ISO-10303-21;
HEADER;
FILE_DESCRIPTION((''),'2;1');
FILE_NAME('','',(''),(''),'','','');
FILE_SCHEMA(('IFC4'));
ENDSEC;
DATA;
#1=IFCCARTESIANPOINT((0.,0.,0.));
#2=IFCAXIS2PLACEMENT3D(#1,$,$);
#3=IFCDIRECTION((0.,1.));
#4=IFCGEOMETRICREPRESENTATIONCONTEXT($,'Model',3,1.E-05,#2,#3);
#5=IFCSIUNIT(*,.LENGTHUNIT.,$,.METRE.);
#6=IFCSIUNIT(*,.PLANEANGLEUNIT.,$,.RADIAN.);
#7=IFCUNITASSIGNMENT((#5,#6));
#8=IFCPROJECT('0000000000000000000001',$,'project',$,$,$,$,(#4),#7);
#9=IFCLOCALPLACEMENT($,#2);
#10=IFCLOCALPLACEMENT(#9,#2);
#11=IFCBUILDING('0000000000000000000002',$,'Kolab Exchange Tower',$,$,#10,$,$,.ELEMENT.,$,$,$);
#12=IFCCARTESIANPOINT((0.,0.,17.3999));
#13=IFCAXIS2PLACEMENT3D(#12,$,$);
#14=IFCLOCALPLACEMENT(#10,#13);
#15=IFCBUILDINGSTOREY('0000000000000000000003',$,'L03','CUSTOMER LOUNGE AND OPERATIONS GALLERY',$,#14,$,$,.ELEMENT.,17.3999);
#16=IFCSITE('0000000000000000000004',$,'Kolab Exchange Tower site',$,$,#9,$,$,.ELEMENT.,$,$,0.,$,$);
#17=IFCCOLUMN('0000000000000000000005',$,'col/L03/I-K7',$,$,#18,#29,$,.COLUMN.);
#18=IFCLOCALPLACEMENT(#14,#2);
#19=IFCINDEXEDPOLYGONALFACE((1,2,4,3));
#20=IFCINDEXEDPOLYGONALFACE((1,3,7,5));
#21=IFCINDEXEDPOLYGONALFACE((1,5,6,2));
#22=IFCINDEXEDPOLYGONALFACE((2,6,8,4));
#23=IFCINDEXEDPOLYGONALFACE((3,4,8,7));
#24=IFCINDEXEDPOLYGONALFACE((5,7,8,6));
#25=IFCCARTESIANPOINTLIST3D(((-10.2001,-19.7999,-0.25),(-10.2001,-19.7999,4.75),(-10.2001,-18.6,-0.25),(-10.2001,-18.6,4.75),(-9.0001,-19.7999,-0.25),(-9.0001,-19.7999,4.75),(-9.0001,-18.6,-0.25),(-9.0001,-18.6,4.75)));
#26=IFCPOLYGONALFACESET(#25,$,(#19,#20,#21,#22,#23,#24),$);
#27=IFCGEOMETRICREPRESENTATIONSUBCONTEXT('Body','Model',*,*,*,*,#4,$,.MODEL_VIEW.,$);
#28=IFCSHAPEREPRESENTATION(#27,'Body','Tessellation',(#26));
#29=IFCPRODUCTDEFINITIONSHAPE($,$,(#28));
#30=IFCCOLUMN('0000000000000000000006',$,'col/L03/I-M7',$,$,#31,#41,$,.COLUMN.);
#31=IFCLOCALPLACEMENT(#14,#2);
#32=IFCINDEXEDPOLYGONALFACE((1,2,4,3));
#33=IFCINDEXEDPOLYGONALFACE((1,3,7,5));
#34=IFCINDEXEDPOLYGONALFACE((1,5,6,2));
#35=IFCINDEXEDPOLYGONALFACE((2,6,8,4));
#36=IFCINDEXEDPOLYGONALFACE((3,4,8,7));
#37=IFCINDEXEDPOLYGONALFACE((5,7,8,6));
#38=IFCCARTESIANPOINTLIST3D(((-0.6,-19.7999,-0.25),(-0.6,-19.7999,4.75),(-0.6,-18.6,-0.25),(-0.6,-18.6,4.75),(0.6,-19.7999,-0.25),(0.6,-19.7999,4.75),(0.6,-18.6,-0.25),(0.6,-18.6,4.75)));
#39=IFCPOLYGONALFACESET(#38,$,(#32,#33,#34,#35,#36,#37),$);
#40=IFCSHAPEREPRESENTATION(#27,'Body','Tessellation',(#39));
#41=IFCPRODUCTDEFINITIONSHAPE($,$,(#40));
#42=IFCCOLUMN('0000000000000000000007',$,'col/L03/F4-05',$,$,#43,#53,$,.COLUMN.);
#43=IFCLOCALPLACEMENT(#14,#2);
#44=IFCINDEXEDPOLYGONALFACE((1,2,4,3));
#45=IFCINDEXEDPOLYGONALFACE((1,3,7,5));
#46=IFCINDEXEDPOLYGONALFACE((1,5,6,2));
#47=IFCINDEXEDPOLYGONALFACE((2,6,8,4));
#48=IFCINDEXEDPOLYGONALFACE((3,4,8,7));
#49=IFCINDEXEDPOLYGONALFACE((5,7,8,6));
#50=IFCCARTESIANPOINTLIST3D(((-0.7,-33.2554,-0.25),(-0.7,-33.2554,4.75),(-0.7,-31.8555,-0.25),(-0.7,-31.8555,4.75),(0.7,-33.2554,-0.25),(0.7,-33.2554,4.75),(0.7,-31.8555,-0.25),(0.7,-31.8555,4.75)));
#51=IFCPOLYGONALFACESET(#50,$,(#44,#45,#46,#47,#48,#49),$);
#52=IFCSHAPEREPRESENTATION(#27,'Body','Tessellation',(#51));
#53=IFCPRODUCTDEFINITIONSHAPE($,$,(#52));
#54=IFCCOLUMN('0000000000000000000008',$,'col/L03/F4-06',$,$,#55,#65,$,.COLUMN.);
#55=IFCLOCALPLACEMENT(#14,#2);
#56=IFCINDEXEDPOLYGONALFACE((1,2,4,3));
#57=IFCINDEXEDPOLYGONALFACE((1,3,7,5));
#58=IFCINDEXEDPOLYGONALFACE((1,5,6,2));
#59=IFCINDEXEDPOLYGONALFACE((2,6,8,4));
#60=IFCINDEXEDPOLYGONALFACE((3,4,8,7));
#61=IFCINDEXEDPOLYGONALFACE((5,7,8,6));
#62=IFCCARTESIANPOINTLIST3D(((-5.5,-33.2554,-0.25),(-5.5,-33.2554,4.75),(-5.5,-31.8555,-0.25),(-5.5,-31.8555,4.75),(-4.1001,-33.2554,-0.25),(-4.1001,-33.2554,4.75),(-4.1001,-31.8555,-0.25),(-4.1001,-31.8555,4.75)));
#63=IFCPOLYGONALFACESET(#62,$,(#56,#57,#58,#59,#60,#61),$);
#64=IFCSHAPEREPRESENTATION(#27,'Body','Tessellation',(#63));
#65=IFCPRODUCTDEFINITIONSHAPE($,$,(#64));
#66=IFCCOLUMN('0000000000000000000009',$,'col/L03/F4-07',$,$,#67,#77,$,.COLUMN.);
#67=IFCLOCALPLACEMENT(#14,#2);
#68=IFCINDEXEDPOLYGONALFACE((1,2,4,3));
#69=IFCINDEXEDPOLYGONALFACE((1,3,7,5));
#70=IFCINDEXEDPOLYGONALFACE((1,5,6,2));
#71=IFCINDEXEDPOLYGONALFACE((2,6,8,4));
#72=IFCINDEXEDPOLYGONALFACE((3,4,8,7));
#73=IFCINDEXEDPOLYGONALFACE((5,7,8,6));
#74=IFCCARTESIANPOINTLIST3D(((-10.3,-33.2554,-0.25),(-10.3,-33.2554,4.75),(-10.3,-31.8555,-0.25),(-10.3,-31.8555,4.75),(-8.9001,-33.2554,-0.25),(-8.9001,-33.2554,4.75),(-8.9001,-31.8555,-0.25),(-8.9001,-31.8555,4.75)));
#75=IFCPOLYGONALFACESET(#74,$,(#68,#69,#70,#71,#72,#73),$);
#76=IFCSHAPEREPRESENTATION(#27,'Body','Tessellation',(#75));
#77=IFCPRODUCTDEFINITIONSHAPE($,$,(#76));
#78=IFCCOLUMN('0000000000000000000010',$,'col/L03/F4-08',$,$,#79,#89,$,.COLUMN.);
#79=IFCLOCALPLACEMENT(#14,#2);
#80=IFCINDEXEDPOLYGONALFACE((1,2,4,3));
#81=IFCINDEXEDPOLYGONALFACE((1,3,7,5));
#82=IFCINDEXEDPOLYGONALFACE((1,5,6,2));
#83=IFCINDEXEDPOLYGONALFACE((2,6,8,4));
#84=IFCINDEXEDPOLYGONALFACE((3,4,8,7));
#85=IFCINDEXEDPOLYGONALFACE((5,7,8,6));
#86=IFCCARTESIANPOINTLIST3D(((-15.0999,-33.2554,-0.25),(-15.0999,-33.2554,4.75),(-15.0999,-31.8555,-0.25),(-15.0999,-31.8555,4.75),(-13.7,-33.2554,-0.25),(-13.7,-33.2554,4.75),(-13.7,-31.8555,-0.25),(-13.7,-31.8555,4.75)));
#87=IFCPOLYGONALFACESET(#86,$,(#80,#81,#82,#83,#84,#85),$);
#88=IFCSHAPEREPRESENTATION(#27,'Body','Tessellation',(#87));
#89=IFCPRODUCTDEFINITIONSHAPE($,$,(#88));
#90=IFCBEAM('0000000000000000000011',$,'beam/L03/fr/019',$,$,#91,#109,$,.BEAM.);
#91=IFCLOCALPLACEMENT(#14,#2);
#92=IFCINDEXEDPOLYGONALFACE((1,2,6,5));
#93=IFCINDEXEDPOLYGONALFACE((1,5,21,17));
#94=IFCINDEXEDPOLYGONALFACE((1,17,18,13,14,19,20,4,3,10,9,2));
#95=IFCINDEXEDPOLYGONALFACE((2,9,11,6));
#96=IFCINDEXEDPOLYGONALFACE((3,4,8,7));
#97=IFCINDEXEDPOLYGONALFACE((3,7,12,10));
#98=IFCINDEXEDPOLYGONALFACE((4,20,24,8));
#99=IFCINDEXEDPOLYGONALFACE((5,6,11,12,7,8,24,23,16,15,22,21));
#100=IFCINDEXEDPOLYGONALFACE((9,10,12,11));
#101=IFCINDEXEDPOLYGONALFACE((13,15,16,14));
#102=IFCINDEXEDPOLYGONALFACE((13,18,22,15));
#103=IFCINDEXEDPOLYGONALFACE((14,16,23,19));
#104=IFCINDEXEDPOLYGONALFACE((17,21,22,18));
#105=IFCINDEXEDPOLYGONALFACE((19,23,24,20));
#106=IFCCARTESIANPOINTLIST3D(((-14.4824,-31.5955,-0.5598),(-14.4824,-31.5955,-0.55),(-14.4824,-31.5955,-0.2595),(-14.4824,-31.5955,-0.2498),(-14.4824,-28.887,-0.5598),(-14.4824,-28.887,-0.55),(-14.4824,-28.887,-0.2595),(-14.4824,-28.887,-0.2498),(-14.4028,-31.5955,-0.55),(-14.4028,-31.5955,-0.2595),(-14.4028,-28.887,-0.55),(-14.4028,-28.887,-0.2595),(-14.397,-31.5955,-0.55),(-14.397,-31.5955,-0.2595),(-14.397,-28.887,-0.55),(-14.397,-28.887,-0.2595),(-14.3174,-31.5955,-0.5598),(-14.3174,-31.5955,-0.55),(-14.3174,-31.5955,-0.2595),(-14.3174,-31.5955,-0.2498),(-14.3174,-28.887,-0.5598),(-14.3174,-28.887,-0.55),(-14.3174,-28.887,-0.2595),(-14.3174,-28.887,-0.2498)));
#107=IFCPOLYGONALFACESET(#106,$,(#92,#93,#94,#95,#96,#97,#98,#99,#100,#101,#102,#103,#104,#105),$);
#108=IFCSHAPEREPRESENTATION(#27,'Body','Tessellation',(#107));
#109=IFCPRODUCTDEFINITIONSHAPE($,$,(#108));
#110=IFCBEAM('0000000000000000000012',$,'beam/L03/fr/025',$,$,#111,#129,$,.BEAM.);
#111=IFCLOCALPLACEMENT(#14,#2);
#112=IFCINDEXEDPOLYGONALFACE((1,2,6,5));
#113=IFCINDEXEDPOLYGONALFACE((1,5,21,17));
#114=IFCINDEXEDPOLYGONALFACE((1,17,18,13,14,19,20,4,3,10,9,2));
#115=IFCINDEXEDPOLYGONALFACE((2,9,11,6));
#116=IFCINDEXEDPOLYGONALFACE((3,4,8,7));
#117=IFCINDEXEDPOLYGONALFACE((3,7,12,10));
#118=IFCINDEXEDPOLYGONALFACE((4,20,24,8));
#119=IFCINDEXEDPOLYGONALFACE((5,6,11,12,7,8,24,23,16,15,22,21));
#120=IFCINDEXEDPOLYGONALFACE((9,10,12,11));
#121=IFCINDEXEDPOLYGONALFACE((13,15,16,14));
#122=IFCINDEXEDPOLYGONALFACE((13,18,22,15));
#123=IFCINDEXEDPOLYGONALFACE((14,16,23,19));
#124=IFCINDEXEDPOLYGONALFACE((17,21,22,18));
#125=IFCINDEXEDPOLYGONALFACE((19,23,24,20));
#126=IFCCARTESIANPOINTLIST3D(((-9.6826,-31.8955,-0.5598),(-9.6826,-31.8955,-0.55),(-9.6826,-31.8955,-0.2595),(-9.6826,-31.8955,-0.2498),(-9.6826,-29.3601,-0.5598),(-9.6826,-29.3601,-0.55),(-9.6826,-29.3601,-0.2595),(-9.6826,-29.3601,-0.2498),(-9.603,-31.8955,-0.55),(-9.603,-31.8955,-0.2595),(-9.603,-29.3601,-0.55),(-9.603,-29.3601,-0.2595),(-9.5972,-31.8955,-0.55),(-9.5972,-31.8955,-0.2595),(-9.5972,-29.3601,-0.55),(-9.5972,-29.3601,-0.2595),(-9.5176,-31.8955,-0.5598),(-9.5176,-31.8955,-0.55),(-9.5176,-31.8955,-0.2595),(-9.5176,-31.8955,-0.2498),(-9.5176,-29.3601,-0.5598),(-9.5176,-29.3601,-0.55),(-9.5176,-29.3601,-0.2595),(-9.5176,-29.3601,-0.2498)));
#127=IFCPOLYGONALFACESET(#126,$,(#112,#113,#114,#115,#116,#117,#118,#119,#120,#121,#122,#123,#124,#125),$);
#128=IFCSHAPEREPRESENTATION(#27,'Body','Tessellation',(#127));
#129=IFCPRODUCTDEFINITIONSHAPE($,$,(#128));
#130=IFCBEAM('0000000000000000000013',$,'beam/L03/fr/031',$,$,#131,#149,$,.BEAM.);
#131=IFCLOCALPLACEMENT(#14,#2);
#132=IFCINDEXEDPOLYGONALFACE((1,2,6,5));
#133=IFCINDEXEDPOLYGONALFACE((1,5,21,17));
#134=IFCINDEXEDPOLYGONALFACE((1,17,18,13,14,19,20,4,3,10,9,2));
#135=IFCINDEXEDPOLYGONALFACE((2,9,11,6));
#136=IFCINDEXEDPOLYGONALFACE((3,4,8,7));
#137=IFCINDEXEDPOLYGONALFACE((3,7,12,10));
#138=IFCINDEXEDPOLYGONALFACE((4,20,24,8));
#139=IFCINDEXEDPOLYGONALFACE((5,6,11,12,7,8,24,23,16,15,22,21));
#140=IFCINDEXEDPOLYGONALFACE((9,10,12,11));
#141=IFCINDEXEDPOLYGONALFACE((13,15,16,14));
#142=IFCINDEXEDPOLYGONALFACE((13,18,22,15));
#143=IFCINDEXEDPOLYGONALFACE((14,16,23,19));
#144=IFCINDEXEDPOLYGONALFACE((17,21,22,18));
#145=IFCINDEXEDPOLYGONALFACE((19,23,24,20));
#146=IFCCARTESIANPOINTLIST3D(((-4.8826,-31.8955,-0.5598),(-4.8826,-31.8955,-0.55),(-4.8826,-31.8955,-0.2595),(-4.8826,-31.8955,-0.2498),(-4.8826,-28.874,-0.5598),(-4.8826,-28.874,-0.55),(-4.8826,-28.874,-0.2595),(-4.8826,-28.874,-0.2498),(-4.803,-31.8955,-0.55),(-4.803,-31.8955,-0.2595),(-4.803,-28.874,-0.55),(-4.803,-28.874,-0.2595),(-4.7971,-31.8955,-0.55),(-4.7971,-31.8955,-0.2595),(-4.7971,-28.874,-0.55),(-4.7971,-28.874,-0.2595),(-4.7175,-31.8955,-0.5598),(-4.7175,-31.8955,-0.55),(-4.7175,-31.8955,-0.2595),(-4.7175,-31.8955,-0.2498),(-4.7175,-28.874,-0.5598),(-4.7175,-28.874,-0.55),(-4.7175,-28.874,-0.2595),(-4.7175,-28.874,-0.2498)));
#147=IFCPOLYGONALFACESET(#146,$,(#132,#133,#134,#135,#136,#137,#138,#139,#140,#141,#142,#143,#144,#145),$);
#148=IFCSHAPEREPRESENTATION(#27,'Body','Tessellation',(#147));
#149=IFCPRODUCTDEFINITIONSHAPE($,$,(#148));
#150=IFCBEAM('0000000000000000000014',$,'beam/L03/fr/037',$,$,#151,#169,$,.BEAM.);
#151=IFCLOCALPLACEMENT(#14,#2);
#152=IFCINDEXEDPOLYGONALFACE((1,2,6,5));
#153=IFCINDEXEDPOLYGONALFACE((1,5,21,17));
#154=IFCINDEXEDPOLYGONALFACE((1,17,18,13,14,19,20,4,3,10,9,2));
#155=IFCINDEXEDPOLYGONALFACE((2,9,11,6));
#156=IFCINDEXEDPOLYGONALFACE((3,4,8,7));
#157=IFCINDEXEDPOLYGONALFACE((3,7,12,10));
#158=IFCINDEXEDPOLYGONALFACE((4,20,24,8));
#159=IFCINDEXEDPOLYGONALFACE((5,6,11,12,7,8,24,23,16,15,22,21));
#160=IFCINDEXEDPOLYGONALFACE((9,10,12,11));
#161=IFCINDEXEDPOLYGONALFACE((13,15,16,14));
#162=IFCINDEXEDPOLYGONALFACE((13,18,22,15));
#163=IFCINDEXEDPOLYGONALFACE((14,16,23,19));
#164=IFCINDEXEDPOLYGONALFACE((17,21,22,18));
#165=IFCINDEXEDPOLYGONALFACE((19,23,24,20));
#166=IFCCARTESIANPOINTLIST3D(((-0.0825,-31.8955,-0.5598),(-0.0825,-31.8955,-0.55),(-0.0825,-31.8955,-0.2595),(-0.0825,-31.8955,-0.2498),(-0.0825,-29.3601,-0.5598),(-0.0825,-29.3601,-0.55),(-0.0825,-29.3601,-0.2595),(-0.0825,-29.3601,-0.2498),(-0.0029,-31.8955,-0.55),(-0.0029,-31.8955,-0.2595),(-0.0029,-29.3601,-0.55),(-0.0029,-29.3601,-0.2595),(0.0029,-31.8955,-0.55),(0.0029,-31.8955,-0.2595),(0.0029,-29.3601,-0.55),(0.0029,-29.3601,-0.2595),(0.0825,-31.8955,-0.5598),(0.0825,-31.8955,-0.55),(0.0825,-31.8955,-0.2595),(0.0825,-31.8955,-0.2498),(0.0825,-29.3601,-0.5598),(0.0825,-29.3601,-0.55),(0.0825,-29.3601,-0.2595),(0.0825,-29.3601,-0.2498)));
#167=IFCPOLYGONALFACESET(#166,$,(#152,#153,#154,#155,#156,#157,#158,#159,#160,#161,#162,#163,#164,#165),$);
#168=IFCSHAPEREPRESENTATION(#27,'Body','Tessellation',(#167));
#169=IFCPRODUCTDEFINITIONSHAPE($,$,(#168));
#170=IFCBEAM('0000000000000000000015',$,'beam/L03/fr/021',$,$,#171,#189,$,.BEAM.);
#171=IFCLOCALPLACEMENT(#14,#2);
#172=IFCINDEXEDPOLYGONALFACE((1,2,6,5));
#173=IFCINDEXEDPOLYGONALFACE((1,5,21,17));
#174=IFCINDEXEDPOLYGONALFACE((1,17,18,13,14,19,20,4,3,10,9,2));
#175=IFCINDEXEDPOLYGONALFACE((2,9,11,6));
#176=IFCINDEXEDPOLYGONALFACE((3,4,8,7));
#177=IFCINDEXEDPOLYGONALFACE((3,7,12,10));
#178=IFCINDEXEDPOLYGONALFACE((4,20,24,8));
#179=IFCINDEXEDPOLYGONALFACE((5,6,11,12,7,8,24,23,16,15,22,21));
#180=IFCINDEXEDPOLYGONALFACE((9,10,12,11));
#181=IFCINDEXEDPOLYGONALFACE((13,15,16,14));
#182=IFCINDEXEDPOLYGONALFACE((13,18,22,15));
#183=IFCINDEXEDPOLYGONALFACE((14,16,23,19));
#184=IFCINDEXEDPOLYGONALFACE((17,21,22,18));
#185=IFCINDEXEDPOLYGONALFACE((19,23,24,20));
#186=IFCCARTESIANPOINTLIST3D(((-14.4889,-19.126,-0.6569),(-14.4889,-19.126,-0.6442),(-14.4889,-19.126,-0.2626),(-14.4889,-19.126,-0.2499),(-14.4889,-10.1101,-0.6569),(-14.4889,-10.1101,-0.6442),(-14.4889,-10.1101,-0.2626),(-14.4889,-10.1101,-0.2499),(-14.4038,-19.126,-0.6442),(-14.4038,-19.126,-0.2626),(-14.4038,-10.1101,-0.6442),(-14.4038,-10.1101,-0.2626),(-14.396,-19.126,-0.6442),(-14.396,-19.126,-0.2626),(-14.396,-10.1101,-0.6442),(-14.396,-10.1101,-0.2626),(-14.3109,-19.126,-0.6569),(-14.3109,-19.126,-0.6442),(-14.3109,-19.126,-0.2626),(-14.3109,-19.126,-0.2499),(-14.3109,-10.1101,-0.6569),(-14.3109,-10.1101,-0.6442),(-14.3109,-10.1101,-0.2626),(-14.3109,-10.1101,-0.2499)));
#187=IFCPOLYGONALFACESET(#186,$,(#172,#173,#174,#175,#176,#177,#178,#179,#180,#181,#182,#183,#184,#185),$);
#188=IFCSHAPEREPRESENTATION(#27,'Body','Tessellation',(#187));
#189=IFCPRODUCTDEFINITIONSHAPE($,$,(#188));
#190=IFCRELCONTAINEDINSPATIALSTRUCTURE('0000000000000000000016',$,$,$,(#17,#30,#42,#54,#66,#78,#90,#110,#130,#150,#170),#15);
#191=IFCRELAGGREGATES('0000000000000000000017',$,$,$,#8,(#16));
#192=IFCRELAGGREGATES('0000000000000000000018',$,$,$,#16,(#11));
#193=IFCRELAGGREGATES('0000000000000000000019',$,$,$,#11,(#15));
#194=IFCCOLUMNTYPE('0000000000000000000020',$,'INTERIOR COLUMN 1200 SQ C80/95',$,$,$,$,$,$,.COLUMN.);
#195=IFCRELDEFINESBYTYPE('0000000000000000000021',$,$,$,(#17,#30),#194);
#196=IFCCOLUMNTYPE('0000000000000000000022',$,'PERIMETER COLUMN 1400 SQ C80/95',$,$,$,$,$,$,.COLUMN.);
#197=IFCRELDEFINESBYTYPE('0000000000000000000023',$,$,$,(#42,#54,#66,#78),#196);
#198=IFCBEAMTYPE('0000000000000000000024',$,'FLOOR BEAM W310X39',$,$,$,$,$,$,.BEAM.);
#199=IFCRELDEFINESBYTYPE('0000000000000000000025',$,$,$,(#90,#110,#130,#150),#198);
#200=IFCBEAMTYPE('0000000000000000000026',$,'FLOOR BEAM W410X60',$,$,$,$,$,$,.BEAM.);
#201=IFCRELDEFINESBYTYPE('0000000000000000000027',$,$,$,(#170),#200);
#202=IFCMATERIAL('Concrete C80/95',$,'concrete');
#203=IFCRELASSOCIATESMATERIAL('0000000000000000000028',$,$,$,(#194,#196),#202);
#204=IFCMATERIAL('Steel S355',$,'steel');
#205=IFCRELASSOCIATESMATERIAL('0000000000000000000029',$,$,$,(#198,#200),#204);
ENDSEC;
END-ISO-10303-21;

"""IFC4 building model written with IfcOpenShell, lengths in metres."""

from ifc_helpers import new_model, si_unit, direction, frame, origin, origin_2d, place, context, subcontext, project, spatial, rectangle, i_section, extrude, material, material_profile, profile_set, type_object, element, save


model = new_model("IFC4")

# Units and contexts
model_context = context("Model", 3, precision=1e-05, world=origin(), true_north=direction((0.0, 1.0)))
body_context = subcontext(model_context, "Body", "Model", "MODEL_VIEW")
ifc_project = project(units=[si_unit("LENGTHUNIT", "METRE"), si_unit("PLANEANGLEUNIT", "RADIAN")], contexts=[model_context])

# Site, building, storey
site_placement = place(None, origin())
site = spatial("IfcSite", under=ifc_project, at=site_placement, Name="Kolab Exchange Tower site", CompositionType="ELEMENT", RefElevation=0.0)
building_placement = place(site_placement, origin())
building = spatial("IfcBuilding", under=site, at=building_placement, Name="Kolab Exchange Tower", CompositionType="ELEMENT")
storey_placement = place(building_placement, frame((0.0, 0.0, 17.3999)))
storey = spatial("IfcBuildingStorey", under=building, at=storey_placement, Name="L03", Description="CUSTOMER LOUNGE AND OPERATIONS GALLERY", CompositionType="ELEMENT", Elevation=17.3999)

# Columns
ifc_material_1 = material(Name="Concrete C80/95", Category="concrete")
ifc_material_profile_1 = material_profile(ifc_material_1, rectangle(XDim=1.2, YDim=1.2, at=origin_2d()), Name="RC1200")
ifc_profile_set_1 = profile_set([ifc_material_profile_1], Name="Concrete C80/95")
column_type_1 = type_object("IfcColumnType", Name="INTERIOR COLUMN 1200 SQ C80/95", PredefinedType="COLUMN", material=ifc_profile_set_1)
for number, where, z_axis, x_axis, name in (
    (1, (-9.6001, -19.2, -0.25), (0.0, 0.0, 1.0), (1.0, 0.0, 0.0), "col/L03/I-K7"),
    (2, (0.0, -19.2, -0.25), (0.0, 0.0, 1.0), (1.0, 0.0, 0.0), "col/L03/I-M7"),
):
    element("IfcColumn", number, at=place(storey_placement, frame(where, z_axis=z_axis, x_axis=x_axis)), inside=storey, type_object=column_type_1, Name=name, PredefinedType="COLUMN", context=body_context, shape_type="SweptSolid", body=[
        extrude(rectangle(XDim=1.2, YDim=1.2, at=origin_2d()), origin(), (0.0, 0.0, 1.0), 5.0),
    ])
ifc_material_profile_2 = material_profile(ifc_material_1, rectangle(XDim=1.3999, YDim=1.3999, at=origin_2d()), Name="RC1400")
ifc_profile_set_2 = profile_set([ifc_material_profile_2], Name="Concrete C80/95")
column_type_2 = type_object("IfcColumnType", Name="PERIMETER COLUMN 1400 SQ C80/95", PredefinedType="COLUMN", material=ifc_profile_set_2)
for number, where, z_axis, x_axis, name in (
    (3, (0.0, -32.5554, -0.25), (0.0, 0.0, 1.0), (1.0, 0.0, 0.0), "col/L03/F4-05"),
    (4, (-4.8, -32.5554, -0.25), (0.0, 0.0, 1.0), (1.0, 0.0, 0.0), "col/L03/F4-06"),
    (5, (-9.6001, -32.5554, -0.25), (0.0, 0.0, 1.0), (1.0, 0.0, 0.0), "col/L03/F4-07"),
    (6, (-14.3999, -32.5554, -0.25), (0.0, 0.0, 1.0), (1.0, 0.0, 0.0), "col/L03/F4-08"),
):
    element("IfcColumn", number, at=place(storey_placement, frame(where, z_axis=z_axis, x_axis=x_axis)), inside=storey, type_object=column_type_2, Name=name, PredefinedType="COLUMN", context=body_context, shape_type="SweptSolid", body=[
        extrude(rectangle(XDim=1.3999, YDim=1.3999, at=origin_2d()), origin(), (0.0, 0.0, 1.0), 5.0),
    ])

# Beams
ifc_material_2 = material(Name="Steel S355", Category="steel")
ifc_material_profile_3 = material_profile(ifc_material_2, i_section(OverallWidth=0.165, OverallDepth=0.3101, WebThickness=0.0059, FlangeThickness=0.0098, at=origin_2d()), Name="W310X39")
ifc_profile_set_3 = profile_set([ifc_material_profile_3], Name="Steel S355")
beam_type_1 = type_object("IfcBeamType", Name="FLOOR BEAM W310X39", PredefinedType="BEAM", material=ifc_profile_set_3)
beam_1_placement = place(storey_placement, frame((-14.3999, -31.5955, -0.4048), z_axis=(0.0, 1.0, 0.0), x_axis=(-1.0, 0.0, 0.0)))
element("IfcBeam", 7, at=beam_1_placement, inside=storey, type_object=beam_type_1, Name="beam/L03/fr/019", PredefinedType="BEAM", context=body_context, shape_type="SweptSolid", body=[
    extrude(i_section(OverallWidth=0.165, OverallDepth=0.3101, WebThickness=0.0059, FlangeThickness=0.0098, at=origin_2d()), origin(), (0.0, 0.0, 1.0), 2.7085),
])
beam_2_placement = place(storey_placement, frame((-9.6001, -31.8955, -0.4048), z_axis=(0.0, 1.0, 0.0), x_axis=(-1.0, 0.0, 0.0)))
element("IfcBeam", 8, at=beam_2_placement, inside=storey, type_object=beam_type_1, Name="beam/L03/fr/025", PredefinedType="BEAM", context=body_context, shape_type="SweptSolid", body=[
    extrude(i_section(OverallWidth=0.165, OverallDepth=0.3101, WebThickness=0.0059, FlangeThickness=0.0098, at=origin_2d()), origin(), (0.0, 0.0, 1.0), 2.5354),
])
beam_3_placement = place(storey_placement, frame((-4.8, -31.8955, -0.4048), z_axis=(0.0, 1.0, 0.0), x_axis=(-1.0, 0.0, 0.0)))
element("IfcBeam", 9, at=beam_3_placement, inside=storey, type_object=beam_type_1, Name="beam/L03/fr/031", PredefinedType="BEAM", context=body_context, shape_type="SweptSolid", body=[
    extrude(i_section(OverallWidth=0.165, OverallDepth=0.3101, WebThickness=0.0059, FlangeThickness=0.0098, at=origin_2d()), origin(), (0.0, 0.0, 1.0), 3.0215),
])
beam_4_placement = place(storey_placement, frame((0.0, -31.8955, -0.4048), z_axis=(0.0, 1.0, 0.0), x_axis=(-1.0, 0.0, 0.0)))
element("IfcBeam", 10, at=beam_4_placement, inside=storey, type_object=beam_type_1, Name="beam/L03/fr/037", PredefinedType="BEAM", context=body_context, shape_type="SweptSolid", body=[
    extrude(i_section(OverallWidth=0.165, OverallDepth=0.3101, WebThickness=0.0059, FlangeThickness=0.0098, at=origin_2d()), origin(), (0.0, 0.0, 1.0), 2.5354),
])
ifc_material_profile_4 = material_profile(ifc_material_2, i_section(OverallWidth=0.178, OverallDepth=0.407, WebThickness=0.0078, FlangeThickness=0.0127, at=origin_2d()), Name="W410X60")
ifc_profile_set_4 = profile_set([ifc_material_profile_4], Name="Steel S355")
beam_type_2 = type_object("IfcBeamType", Name="FLOOR BEAM W410X60", PredefinedType="BEAM", material=ifc_profile_set_4)
beam_5_placement = place(storey_placement, frame((-14.3999, -19.126, -0.4534), z_axis=(0.0, 1.0, 0.0), x_axis=(-1.0, 0.0, 0.0)))
element("IfcBeam", 11, at=beam_5_placement, inside=storey, type_object=beam_type_2, Name="beam/L03/fr/021", PredefinedType="BEAM", context=body_context, shape_type="SweptSolid", body=[
    extrude(i_section(OverallWidth=0.178, OverallDepth=0.407, WebThickness=0.0078, FlangeThickness=0.0127, at=origin_2d()), origin(), (0.0, 0.0, 1.0), 9.0159),
])

save(model, "model.ifc")
